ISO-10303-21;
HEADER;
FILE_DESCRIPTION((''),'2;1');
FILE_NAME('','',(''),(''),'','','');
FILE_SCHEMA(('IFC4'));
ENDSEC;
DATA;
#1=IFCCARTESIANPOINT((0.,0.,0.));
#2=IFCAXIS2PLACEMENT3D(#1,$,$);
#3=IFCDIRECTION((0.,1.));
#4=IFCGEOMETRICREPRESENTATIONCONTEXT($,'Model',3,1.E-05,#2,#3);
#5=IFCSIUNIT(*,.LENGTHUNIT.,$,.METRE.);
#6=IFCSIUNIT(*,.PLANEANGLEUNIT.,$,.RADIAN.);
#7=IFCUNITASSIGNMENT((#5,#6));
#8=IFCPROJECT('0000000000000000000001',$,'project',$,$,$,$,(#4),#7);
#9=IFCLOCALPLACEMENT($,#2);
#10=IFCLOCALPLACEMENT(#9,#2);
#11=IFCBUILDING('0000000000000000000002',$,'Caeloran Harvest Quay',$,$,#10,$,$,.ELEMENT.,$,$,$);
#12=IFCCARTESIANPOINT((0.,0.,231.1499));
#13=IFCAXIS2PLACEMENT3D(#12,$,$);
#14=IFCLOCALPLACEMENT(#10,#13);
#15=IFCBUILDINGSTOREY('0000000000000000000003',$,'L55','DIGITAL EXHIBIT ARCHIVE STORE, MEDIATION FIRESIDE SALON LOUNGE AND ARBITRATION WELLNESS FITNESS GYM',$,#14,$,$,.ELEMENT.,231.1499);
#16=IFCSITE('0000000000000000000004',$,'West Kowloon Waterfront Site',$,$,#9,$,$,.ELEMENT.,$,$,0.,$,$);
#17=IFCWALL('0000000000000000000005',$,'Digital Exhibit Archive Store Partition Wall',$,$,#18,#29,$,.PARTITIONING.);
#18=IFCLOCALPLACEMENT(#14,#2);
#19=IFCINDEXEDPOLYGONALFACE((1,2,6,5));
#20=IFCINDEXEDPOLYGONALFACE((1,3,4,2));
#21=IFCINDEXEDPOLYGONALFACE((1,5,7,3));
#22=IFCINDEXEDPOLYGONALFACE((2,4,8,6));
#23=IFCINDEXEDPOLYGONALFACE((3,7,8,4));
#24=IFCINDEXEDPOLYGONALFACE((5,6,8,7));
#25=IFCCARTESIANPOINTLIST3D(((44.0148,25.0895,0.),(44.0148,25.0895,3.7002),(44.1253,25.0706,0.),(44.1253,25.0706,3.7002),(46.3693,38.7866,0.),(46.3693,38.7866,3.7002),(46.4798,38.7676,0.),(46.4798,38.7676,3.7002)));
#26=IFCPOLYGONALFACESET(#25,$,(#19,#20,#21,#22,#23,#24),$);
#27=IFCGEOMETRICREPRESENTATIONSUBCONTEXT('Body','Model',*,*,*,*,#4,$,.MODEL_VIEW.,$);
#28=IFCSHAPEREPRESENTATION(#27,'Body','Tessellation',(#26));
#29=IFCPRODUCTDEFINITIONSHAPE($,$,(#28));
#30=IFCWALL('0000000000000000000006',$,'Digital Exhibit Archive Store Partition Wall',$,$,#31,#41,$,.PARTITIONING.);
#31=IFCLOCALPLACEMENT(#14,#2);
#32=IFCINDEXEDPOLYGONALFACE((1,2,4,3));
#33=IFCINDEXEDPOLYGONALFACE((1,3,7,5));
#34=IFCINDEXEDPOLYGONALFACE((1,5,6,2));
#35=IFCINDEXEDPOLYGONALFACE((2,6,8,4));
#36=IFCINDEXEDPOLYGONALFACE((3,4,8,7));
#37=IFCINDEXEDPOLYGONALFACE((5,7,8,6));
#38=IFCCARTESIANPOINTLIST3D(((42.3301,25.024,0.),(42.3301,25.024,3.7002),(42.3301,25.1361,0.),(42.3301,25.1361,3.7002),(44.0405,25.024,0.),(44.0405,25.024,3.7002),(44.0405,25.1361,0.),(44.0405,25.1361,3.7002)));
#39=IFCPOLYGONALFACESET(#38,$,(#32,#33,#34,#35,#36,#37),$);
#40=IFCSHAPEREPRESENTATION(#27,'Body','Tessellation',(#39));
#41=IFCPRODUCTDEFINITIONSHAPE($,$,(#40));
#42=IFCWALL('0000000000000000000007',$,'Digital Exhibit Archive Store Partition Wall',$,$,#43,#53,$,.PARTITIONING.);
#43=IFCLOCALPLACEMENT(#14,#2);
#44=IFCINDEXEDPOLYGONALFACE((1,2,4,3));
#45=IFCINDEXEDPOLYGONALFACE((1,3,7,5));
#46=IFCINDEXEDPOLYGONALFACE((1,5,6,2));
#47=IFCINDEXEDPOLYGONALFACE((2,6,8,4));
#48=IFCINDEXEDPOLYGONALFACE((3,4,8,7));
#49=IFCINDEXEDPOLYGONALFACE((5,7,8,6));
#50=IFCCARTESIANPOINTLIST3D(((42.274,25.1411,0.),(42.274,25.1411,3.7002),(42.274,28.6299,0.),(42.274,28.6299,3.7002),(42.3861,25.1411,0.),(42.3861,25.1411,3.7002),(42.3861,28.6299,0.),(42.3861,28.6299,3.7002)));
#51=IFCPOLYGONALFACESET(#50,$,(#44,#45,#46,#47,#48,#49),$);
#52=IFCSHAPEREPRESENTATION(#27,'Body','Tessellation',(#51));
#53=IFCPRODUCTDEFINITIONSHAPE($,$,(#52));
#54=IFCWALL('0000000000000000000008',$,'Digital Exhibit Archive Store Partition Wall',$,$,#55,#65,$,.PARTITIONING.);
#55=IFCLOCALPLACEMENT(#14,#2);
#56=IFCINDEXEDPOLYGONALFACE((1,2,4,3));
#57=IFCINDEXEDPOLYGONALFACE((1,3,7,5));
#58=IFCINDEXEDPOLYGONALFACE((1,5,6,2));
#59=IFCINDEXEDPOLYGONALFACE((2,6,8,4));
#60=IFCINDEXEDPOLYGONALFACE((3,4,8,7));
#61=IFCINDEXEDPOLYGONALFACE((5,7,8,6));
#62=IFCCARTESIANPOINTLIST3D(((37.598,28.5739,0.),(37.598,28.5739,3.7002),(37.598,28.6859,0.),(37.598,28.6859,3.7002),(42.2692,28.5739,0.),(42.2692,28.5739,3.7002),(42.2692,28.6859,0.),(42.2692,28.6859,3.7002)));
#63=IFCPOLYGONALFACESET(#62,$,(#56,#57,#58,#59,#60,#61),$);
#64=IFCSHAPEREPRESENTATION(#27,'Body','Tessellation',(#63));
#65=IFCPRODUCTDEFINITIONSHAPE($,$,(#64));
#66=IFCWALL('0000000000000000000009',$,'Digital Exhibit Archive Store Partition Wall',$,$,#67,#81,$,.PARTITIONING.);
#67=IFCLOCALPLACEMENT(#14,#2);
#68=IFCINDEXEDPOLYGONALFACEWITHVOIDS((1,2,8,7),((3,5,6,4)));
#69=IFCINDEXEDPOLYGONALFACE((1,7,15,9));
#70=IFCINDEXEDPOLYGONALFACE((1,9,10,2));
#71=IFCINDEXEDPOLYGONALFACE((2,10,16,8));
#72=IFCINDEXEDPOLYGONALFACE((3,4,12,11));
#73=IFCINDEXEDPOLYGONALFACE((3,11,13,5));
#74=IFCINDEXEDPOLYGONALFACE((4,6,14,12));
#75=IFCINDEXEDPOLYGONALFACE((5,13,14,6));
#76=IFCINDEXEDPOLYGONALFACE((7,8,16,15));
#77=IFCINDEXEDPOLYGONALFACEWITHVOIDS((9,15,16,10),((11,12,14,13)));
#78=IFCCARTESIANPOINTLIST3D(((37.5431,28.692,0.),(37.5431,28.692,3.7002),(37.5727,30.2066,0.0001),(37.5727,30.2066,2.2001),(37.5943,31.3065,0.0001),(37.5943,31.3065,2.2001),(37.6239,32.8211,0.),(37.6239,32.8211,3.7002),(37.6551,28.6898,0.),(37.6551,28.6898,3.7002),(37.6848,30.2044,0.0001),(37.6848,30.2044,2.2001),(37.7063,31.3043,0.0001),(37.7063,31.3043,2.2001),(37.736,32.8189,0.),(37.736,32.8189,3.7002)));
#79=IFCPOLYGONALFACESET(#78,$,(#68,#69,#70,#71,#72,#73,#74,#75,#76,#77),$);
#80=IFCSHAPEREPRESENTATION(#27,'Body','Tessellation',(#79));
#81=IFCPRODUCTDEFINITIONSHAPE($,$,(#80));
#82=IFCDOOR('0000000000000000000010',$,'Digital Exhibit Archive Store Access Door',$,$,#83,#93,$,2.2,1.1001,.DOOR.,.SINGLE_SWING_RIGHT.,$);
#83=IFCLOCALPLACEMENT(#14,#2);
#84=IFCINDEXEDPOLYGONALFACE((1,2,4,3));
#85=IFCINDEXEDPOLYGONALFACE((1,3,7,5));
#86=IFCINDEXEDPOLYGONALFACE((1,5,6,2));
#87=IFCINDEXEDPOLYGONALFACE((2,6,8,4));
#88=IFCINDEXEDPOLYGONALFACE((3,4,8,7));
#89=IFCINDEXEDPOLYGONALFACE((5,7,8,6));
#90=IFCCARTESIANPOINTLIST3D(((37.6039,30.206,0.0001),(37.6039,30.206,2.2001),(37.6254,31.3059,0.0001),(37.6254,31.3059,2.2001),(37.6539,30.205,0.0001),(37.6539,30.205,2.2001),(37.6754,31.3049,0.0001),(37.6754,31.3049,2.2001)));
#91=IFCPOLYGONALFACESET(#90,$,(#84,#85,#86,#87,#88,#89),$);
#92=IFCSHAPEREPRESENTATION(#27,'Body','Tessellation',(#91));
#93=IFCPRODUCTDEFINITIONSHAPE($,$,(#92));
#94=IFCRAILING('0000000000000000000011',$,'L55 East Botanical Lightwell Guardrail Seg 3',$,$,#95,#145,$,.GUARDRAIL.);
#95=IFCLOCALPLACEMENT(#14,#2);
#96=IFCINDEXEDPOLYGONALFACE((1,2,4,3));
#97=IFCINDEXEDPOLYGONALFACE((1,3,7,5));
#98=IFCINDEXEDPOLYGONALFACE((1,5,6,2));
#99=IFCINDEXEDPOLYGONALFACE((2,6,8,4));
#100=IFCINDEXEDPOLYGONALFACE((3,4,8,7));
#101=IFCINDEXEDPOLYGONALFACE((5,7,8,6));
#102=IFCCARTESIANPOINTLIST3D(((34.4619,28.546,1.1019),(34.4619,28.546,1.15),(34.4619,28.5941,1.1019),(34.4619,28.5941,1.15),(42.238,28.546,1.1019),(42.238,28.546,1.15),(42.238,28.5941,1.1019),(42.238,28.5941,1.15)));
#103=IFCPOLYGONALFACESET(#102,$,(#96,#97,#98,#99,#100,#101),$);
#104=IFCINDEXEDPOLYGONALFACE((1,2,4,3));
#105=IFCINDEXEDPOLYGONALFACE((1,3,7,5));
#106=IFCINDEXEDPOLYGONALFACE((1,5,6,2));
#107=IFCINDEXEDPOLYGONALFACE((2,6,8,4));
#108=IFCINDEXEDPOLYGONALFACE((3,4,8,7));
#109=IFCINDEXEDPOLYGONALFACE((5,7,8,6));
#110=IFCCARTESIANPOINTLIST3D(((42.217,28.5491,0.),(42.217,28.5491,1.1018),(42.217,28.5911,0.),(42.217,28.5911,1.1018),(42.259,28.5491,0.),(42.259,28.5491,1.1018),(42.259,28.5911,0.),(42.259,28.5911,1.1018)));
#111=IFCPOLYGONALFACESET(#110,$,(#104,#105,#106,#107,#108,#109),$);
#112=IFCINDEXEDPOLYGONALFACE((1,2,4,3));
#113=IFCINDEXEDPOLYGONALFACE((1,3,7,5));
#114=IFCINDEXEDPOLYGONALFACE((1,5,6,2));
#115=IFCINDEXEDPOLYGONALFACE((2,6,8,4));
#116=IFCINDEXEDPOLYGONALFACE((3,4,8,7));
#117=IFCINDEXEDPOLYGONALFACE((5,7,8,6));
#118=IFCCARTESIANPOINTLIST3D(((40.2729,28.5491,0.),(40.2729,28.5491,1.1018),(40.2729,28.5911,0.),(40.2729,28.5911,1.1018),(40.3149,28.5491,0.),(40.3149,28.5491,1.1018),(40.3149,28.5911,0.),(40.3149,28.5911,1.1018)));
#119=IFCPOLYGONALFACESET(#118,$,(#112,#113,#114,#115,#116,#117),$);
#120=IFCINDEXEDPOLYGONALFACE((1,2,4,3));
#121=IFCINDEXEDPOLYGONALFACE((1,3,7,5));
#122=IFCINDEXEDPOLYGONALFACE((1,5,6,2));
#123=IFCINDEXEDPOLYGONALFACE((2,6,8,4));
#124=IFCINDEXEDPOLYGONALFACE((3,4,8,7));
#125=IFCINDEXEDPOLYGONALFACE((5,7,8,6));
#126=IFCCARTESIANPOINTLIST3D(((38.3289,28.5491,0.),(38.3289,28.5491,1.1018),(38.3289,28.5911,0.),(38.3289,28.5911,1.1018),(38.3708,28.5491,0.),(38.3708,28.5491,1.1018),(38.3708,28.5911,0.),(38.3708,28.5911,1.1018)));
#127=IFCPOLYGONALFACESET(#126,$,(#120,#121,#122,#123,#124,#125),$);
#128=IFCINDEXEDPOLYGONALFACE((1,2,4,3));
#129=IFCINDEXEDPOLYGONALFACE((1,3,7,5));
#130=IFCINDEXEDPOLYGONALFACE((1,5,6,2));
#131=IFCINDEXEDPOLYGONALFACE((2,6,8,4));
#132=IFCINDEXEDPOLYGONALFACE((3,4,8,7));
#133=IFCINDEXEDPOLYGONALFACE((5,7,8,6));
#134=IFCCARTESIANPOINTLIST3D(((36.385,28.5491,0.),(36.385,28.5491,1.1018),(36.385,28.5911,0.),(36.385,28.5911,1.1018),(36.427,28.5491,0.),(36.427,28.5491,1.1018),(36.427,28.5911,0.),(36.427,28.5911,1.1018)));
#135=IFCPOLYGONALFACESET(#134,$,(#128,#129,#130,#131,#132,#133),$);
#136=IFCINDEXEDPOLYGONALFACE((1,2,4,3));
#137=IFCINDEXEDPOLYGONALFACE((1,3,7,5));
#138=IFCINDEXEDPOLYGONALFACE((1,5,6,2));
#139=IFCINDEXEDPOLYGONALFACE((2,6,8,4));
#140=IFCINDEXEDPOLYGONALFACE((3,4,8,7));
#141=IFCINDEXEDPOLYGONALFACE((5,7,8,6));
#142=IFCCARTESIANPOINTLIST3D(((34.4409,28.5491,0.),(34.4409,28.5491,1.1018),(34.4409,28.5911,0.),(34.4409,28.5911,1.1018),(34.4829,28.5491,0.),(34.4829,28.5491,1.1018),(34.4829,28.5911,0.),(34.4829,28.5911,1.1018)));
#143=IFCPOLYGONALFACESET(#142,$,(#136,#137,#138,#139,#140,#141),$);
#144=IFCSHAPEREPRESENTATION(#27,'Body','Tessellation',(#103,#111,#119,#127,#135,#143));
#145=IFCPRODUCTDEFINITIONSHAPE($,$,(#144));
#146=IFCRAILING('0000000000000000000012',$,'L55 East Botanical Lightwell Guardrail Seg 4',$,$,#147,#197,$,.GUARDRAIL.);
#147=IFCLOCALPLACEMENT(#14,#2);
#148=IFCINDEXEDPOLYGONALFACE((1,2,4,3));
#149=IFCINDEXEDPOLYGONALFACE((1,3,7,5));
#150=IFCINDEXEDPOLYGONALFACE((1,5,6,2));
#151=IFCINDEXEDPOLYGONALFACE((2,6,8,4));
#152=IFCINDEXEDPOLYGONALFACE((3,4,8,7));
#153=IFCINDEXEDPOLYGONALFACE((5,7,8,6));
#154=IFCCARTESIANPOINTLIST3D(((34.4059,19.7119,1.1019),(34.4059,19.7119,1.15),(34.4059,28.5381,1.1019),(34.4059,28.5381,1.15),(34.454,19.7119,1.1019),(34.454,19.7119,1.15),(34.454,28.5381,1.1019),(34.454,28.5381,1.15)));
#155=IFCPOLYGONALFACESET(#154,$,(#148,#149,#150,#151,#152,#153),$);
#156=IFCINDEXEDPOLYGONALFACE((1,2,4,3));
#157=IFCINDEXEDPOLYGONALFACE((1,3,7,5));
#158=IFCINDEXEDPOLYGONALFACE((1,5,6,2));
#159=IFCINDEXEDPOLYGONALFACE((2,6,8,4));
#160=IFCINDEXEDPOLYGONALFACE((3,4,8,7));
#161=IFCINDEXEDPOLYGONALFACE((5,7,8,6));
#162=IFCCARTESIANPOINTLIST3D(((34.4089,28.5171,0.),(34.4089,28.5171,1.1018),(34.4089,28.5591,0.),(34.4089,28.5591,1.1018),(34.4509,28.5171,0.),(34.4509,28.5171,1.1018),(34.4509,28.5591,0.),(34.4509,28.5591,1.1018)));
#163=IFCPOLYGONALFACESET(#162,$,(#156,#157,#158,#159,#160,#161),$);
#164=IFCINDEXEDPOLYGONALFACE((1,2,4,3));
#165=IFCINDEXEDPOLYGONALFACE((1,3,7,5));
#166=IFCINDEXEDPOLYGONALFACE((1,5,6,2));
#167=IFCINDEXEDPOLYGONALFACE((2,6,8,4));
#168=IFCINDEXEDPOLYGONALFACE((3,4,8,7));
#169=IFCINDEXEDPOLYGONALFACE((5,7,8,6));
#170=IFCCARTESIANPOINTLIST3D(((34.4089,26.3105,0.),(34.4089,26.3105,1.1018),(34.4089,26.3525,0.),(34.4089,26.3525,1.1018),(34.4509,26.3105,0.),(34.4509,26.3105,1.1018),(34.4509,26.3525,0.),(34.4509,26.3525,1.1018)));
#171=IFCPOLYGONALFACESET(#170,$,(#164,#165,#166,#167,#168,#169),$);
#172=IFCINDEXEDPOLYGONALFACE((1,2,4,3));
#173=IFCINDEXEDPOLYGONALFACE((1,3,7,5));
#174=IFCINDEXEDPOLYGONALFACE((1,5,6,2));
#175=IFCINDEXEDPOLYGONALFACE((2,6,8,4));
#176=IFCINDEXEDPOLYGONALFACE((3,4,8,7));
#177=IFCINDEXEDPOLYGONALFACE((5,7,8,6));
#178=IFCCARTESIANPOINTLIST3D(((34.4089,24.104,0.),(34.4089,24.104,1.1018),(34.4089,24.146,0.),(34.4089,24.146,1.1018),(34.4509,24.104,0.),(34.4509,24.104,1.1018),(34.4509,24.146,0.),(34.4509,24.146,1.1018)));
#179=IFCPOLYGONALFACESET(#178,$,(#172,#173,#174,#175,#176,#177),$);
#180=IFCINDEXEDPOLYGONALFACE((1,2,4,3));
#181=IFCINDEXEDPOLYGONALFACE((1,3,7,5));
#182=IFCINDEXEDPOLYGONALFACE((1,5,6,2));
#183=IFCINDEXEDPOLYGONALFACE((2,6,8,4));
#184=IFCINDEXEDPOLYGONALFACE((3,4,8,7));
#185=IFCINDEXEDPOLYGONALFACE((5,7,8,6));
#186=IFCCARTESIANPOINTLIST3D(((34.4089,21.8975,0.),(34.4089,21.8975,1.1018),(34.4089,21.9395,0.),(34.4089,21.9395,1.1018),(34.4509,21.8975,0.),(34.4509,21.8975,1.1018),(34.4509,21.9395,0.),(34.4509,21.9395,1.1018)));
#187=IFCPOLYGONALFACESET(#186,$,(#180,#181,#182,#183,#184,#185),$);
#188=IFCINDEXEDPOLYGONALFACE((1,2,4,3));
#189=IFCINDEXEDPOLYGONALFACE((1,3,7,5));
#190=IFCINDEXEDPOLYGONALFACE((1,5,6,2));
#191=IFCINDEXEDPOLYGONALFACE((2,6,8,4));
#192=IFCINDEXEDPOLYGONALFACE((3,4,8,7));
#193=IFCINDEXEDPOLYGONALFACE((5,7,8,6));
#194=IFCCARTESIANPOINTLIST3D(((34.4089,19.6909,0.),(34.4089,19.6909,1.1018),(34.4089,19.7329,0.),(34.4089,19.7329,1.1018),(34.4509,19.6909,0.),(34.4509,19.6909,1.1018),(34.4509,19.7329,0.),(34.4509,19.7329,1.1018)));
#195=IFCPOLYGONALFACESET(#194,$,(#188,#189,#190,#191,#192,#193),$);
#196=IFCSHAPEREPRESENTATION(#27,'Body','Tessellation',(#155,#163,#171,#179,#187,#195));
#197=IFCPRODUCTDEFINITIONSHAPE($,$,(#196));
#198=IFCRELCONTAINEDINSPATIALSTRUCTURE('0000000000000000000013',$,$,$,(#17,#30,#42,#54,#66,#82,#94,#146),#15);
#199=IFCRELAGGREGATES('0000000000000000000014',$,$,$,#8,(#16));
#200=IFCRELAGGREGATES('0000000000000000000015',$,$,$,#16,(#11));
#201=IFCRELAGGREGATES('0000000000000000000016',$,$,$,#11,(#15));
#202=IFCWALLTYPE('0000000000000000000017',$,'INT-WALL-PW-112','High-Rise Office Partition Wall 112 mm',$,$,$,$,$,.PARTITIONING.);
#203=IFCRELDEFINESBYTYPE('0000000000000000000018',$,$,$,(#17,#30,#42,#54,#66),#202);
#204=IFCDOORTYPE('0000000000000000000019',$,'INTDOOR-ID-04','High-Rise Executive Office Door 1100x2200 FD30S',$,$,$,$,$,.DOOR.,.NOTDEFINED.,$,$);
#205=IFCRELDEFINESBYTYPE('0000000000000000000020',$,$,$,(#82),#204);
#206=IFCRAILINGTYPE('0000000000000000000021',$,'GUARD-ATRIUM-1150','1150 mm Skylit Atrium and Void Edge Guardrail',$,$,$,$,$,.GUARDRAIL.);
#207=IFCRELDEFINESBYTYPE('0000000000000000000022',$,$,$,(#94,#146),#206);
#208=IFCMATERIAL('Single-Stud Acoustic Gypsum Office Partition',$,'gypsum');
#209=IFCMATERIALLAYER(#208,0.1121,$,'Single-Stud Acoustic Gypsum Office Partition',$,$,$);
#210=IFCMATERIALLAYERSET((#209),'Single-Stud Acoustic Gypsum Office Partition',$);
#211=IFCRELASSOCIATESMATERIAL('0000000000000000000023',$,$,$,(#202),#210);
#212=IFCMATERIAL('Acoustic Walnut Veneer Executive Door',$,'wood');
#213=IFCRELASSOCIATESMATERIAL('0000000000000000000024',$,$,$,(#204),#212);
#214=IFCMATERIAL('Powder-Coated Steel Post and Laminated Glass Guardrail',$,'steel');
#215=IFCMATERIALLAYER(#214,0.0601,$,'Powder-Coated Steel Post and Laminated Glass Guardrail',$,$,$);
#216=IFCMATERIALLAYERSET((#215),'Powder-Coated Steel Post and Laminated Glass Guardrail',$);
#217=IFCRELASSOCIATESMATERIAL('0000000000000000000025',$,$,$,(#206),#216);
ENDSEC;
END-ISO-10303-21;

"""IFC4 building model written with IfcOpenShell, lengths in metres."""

from ifc_helpers import new_model, si_unit, direction, frame, frame_2d, origin, origin_2d, place, context, subcontext, project, spatial, rectangle, extrude, material, layer, layer_set, type_object, element, fill, save


model = new_model("IFC4")

# Units and contexts
model_context = context("Model", 3, precision=1e-05, world=origin(), true_north=direction((0.0, 1.0)))
body_context = subcontext(model_context, "Body", "Model", "MODEL_VIEW")
ifc_project = project(units=[si_unit("LENGTHUNIT", "METRE"), si_unit("PLANEANGLEUNIT", "RADIAN")], contexts=[model_context])

# Site, building, storey
site_placement = place(None, origin())
site = spatial("IfcSite", under=ifc_project, at=site_placement, Name="West Kowloon Waterfront Site", CompositionType="ELEMENT", RefElevation=0.0)
building_placement = place(site_placement, origin())
building = spatial("IfcBuilding", under=site, at=building_placement, Name="Caeloran Harvest Quay", CompositionType="ELEMENT")
storey_placement = place(building_placement, frame((0.0, 0.0, 231.1499)))
storey = spatial("IfcBuildingStorey", under=building, at=storey_placement, Name="L55", Description="DIGITAL EXHIBIT ARCHIVE STORE, MEDIATION FIRESIDE SALON LOUNGE AND ARBITRATION WELLNESS FITNESS GYM", CompositionType="ELEMENT", Elevation=231.1499)

# Shared definitions
ifc_material_1 = material(Name="Single-Stud Acoustic Gypsum Office Partition", Category="gypsum")
ifc_layer_1 = layer(ifc_material_1, 0.1121, Name="Single-Stud Acoustic Gypsum Office Partition")
ifc_layer_set_1 = layer_set([ifc_layer_1], Name="Single-Stud Acoustic Gypsum Office Partition")
wall_type_1 = type_object("IfcWallType", Name="INT-WALL-PW-112", Description="High-Rise Office Partition Wall 112 mm", PredefinedType="PARTITIONING", material=ifc_layer_set_1)

# Shared definitions
ifc_material_2 = material(Name="Acoustic Walnut Veneer Executive Door", Category="wood")
door_type = type_object("IfcDoorType", Name="INTDOOR-ID-04", Description="High-Rise Executive Office Door 1100x2200 FD30S", OperationType="NOTDEFINED", PredefinedType="DOOR", material=ifc_material_2)

# Walls
wall_1_placement = place(storey_placement, frame((46.4246, 38.7771, 0.0), z_axis=(0.0, 0.0, 1.0), x_axis=(-0.169413, -0.985545, 0.0)))
element("IfcWall", 1, at=wall_1_placement, inside=storey, type_object=wall_type_1, Name="Digital Exhibit Archive Store Partition Wall", PredefinedType="PARTITIONING", context=body_context, shape_type="SweptSolid", body=[
    extrude(rectangle(XDim=13.8979, YDim=0.1121, at=frame_2d((6.949, 0.0))), origin(), (0.0, 0.0, 1.0), 3.7002),
])
wall_2_placement = place(storey_placement, frame((44.0405, 25.0801, 0.0), z_axis=(0.0, 0.0, 1.0), x_axis=(-1.0, 0.0, 0.0)))
element("IfcWall", 2, at=wall_2_placement, inside=storey, type_object=wall_type_1, Name="Digital Exhibit Archive Store Partition Wall", PredefinedType="PARTITIONING", context=body_context, shape_type="SweptSolid", body=[
    extrude(rectangle(XDim=1.7104, YDim=0.1121, at=frame_2d((0.8552, 0.0))), origin(), (0.0, 0.0, 1.0), 3.7002),
])
wall_3_placement = place(storey_placement, frame((42.3301, 25.1411, 0.0), z_axis=(0.0, 0.0, 1.0), x_axis=(0.0, 1.0, 0.0)))
element("IfcWall", 3, at=wall_3_placement, inside=storey, type_object=wall_type_1, Name="Digital Exhibit Archive Store Partition Wall", PredefinedType="PARTITIONING", context=body_context, shape_type="SweptSolid", body=[
    extrude(rectangle(XDim=3.4888, YDim=0.1121, at=frame_2d((1.7444, 0.0))), origin(), (0.0, 0.0, 1.0), 3.7002),
])
wall_4_placement = place(storey_placement, frame((42.269, 28.6299, 0.0), z_axis=(0.0, 0.0, 1.0), x_axis=(-1.0, 0.0, 0.0)))
element("IfcWall", 4, at=wall_4_placement, inside=storey, type_object=wall_type_1, Name="Digital Exhibit Archive Store Partition Wall", PredefinedType="PARTITIONING", context=body_context, shape_type="SweptSolid", body=[
    extrude(rectangle(XDim=4.6711, YDim=0.1121, at=frame_2d((2.3354, 0.0))), origin(), (0.0, 0.0, 1.0), 3.7002),
])

# Wall, opening, door
wall_5_placement = place(storey_placement, frame((37.5991, 28.6909, 0.0), z_axis=(0.0, 0.0, 1.0), x_axis=(0.019567, 0.999809, 0.0)))
wall_5 = element("IfcWall", 5, at=wall_5_placement, inside=storey, type_object=wall_type_1, Name="Digital Exhibit Archive Store Partition Wall", PredefinedType="PARTITIONING", context=body_context, shape_type="SweptSolid", body=[
    extrude(rectangle(XDim=4.1299, YDim=0.1121, at=frame_2d((2.0649, 0.0))), origin(), (0.0, 0.0, 1.0), 3.7002),
])
opening_1_placement = place(wall_5_placement, frame((1.5149, 0.0, 0.0)))
opening_1 = element("IfcOpeningElement", 6, at=opening_1_placement, cuts=wall_5, PredefinedType="OPENING", context=body_context, shape_type="SweptSolid", body=[
    extrude(rectangle(XDim=1.1001, YDim=2.2, at=frame_2d((0.55, 1.1001))), frame((0.0, 0.0659, 0.0), z_axis=(0.0, -1.0, 0.0), x_axis=(1.0, 0.0, 0.0)), (0.0, 0.0, 1.0), 0.1321),
])
door_1_placement = place(opening_1_placement, origin())
door_1 = element("IfcDoor", 7, at=door_1_placement, inside=storey, type_object=door_type, Name="Digital Exhibit Archive Store Access Door", OperationType="SINGLE_SWING_RIGHT", OverallHeight=2.2, OverallWidth=1.1001, PredefinedType="DOOR", context=body_context, shape_type="SweptSolid", body=[
    extrude(rectangle(XDim=1.1001, YDim=2.2, at=frame_2d((0.55, 1.1001))), frame((0.0, 0.0249, 0.0), z_axis=(0.0, -1.0, 0.0), x_axis=(1.0, 0.0, 0.0)), (0.0, 0.0, 1.0), 0.05),
])
fill(opening_1, door_1)

# Railings
ifc_material_3 = material(Name="Powder-Coated Steel Post and Laminated Glass Guardrail", Category="steel")
ifc_layer_2 = layer(ifc_material_3, 0.0601, Name="Powder-Coated Steel Post and Laminated Glass Guardrail")
ifc_layer_set_2 = layer_set([ifc_layer_2], Name="Powder-Coated Steel Post and Laminated Glass Guardrail")
railing_type = type_object("IfcRailingType", Name="GUARD-ATRIUM-1150", Description="1150 mm Skylit Atrium and Void Edge Guardrail", PredefinedType="GUARDRAIL", material=ifc_layer_set_2)
railing_1_placement = place(storey_placement, frame((42.238, 28.5701, 0.0)))
element("IfcRailing", 8, at=railing_1_placement, inside=storey, type_object=railing_type, Name="L55 East Botanical Lightwell Guardrail Seg 3", PredefinedType="GUARDRAIL", context=body_context, shape_type="SweptSolid", body=[
    extrude(rectangle(XDim=0.0481, YDim=0.0481, at=origin_2d()), frame((0.0, 0.0, 1.126), z_axis=(-1.0, 0.0, 0.0), x_axis=(0.0, -1.0, 0.0)), (0.0, 0.0, 1.0), 7.7761),
    extrude(rectangle(XDim=0.042, YDim=0.042, at=origin_2d()), origin(), (0.0, 0.0, 1.0), 1.1018),
    extrude(rectangle(XDim=0.042, YDim=0.042, at=origin_2d()), frame((-1.9441, 0.0, 0.0)), (0.0, 0.0, 1.0), 1.1018),
    extrude(rectangle(XDim=0.042, YDim=0.042, at=origin_2d()), frame((-3.8882, 0.0, 0.0)), (0.0, 0.0, 1.0), 1.1018),
    extrude(rectangle(XDim=0.042, YDim=0.042, at=origin_2d()), frame((-5.832, 0.0, 0.0)), (0.0, 0.0, 1.0), 1.1018),
    extrude(rectangle(XDim=0.042, YDim=0.042, at=origin_2d()), frame((-7.7761, 0.0, 0.0)), (0.0, 0.0, 1.0), 1.1018),
])
railing_2_placement = place(storey_placement, frame((34.4299, 28.5381, 0.0)))
element("IfcRailing", 9, at=railing_2_placement, inside=storey, type_object=railing_type, Name="L55 East Botanical Lightwell Guardrail Seg 4", PredefinedType="GUARDRAIL", context=body_context, shape_type="SweptSolid", body=[
    extrude(rectangle(XDim=0.0481, YDim=0.0481, at=origin_2d()), frame((0.0, 0.0, 1.126), z_axis=(0.0, -1.0, 0.0), x_axis=(1.0, 0.0, 0.0)), (0.0, 0.0, 1.0), 8.8262),
    extrude(rectangle(XDim=0.042, YDim=0.042, at=origin_2d()), origin(), (0.0, 0.0, 1.0), 1.1018),
    extrude(rectangle(XDim=0.042, YDim=0.042, at=origin_2d()), frame((0.0, -2.2065, 0.0)), (0.0, 0.0, 1.0), 1.1018),
    extrude(rectangle(XDim=0.042, YDim=0.042, at=origin_2d()), frame((0.0, -4.4131, 0.0)), (0.0, 0.0, 1.0), 1.1018),
    extrude(rectangle(XDim=0.042, YDim=0.042, at=origin_2d()), frame((0.0, -6.6196, 0.0)), (0.0, 0.0, 1.0), 1.1018),
    extrude(rectangle(XDim=0.042, YDim=0.042, at=origin_2d()), frame((0.0, -8.8262, 0.0)), (0.0, 0.0, 1.0), 1.1018),
])

save(model, "model.ifc")
